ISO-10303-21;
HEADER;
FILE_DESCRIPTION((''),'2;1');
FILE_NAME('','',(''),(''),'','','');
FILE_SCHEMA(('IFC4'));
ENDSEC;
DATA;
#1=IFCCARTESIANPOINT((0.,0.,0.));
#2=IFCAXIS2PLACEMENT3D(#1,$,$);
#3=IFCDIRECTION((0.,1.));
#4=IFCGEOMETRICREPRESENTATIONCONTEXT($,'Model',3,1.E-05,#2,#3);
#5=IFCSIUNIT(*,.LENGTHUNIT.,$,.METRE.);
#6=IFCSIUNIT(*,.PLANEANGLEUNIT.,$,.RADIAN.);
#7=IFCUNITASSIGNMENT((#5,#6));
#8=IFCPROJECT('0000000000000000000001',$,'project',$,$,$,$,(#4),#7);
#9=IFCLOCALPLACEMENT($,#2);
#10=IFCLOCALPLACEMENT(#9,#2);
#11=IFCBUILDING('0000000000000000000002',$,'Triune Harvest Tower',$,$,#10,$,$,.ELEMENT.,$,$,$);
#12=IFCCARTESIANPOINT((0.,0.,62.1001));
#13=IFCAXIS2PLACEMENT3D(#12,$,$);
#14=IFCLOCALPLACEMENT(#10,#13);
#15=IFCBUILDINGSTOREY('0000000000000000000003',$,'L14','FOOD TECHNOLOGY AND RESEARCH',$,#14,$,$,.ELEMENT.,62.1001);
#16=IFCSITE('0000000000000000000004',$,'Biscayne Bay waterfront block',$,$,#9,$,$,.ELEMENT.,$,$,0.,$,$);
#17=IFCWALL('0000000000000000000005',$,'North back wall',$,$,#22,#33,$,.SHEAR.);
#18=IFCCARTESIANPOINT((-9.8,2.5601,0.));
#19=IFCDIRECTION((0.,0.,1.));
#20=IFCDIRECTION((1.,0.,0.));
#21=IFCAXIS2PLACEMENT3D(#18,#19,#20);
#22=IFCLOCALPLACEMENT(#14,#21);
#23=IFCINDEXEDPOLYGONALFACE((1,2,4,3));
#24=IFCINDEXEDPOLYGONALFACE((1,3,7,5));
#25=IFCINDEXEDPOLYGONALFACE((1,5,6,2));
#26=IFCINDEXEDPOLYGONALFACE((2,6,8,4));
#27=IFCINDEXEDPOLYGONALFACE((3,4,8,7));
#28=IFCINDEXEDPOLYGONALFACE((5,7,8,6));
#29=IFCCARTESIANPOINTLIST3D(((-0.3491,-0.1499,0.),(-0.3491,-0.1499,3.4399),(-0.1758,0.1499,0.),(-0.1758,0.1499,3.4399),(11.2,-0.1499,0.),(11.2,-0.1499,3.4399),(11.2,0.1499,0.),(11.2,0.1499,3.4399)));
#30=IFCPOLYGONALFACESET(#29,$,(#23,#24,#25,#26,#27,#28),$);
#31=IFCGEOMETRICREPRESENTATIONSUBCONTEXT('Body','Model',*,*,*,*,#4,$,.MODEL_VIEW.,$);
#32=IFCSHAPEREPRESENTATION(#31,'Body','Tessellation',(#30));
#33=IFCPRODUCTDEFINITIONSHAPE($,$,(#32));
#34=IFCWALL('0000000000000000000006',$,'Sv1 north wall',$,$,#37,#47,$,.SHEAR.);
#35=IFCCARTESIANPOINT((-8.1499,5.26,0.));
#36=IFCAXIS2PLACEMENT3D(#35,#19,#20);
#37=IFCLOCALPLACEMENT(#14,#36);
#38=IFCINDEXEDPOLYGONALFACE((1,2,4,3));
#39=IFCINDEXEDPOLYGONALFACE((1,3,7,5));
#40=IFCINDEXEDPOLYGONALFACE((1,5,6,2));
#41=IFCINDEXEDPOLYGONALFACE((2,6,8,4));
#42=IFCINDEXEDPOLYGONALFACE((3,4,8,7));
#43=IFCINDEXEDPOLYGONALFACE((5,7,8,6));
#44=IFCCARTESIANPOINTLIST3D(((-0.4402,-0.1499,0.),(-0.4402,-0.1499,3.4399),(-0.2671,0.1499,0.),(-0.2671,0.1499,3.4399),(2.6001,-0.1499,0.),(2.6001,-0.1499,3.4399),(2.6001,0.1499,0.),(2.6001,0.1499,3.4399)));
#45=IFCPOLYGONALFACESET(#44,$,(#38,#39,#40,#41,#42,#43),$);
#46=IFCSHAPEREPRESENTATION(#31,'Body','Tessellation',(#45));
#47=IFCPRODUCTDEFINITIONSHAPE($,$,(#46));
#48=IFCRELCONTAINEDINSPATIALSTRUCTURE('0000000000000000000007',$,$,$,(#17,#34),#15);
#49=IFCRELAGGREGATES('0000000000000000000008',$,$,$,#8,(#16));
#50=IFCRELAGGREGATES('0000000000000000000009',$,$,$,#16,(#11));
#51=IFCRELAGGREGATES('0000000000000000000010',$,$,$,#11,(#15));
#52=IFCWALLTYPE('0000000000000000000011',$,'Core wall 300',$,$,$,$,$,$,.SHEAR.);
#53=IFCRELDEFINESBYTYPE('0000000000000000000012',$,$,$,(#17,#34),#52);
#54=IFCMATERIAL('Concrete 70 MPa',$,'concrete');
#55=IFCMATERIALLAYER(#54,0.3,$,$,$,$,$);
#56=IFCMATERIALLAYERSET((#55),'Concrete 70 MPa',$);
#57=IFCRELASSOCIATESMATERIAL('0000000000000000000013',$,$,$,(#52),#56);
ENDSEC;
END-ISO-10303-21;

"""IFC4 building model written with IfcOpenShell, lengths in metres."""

from ifc_helpers import new_model, si_unit, direction, frame, origin, place, context, subcontext, project, spatial, polyline, outline, extrude, source, transform, mapped, material, layer, layer_set, type_object, element, save


model = new_model("IFC4")

# Units and contexts
model_context = context("Model", 3, precision=1e-05, world=origin(), true_north=direction((0.0, 1.0)))
body_context = subcontext(model_context, "Body", "Model", "MODEL_VIEW")
ifc_project = project(units=[si_unit("LENGTHUNIT", "METRE"), si_unit("PLANEANGLEUNIT", "RADIAN")], contexts=[model_context])

# Site, building, storey
site_placement = place(None, origin())
site = spatial("IfcSite", under=ifc_project, at=site_placement, Name="Biscayne Bay waterfront block", CompositionType="ELEMENT", RefElevation=0.0)
building_placement = place(site_placement, origin())
building = spatial("IfcBuilding", under=site, at=building_placement, Name="Triune Harvest Tower", CompositionType="ELEMENT")
storey_placement = place(building_placement, frame((0.0, 0.0, 62.1001)))
storey = spatial("IfcBuildingStorey", under=building, at=storey_placement, Name="L14", Description="FOOD TECHNOLOGY AND RESEARCH", CompositionType="ELEMENT", Elevation=62.1001)

# Shared definitions
ifc_material_1 = material(Name="Concrete 70 MPa", Category="concrete")
ifc_layer_1 = layer(ifc_material_1, 0.3)
ifc_layer_set_1 = layer_set([ifc_layer_1], Name="Concrete 70 MPa")
wall_type_1 = type_object("IfcWallType", Name="Core wall 300", PredefinedType="SHEAR", material=ifc_layer_set_1)

# Walls
shared_shape_1 = source(origin(), body_context, "Body", "SweptSolid", [
    extrude(outline(polyline([(11.2, -0.1499), (-0.3491, -0.1499), (-0.1758, 0.1499), (11.2, 0.1499), (11.2, -0.1499)])), origin(), (0.0, 0.0, 1.0), 3.4399),
])
wall_1_placement = place(storey_placement, frame((-9.8, 2.5601, 0.0), z_axis=(0.0, 0.0, 1.0), x_axis=(1.0, 0.0, 0.0)))
element("IfcWall", 1, at=wall_1_placement, inside=storey, type_object=wall_type_1, Name="North back wall", PredefinedType="SHEAR", context=body_context, shape_type="MappedRepresentation", body=[
    mapped(shared_shape_1, transform((0.0, 0.0, 0.0), scale=1.0)),
])
shared_shape_2 = source(origin(), body_context, "Body", "SweptSolid", [
    extrude(outline(polyline([(2.6001, -0.1499), (-0.4402, -0.1499), (-0.2671, 0.1499), (2.6001, 0.1499), (2.6001, -0.1499)])), origin(), (0.0, 0.0, 1.0), 3.4399),
])
wall_2_placement = place(storey_placement, frame((-8.1499, 5.26, 0.0), z_axis=(0.0, 0.0, 1.0), x_axis=(1.0, 0.0, 0.0)))
element("IfcWall", 2, at=wall_2_placement, inside=storey, type_object=wall_type_1, Name="Sv1 north wall", PredefinedType="SHEAR", context=body_context, shape_type="MappedRepresentation", body=[
    mapped(shared_shape_2, transform((0.0, 0.0, 0.0), scale=1.0)),
])

save(model, "model.ifc")
